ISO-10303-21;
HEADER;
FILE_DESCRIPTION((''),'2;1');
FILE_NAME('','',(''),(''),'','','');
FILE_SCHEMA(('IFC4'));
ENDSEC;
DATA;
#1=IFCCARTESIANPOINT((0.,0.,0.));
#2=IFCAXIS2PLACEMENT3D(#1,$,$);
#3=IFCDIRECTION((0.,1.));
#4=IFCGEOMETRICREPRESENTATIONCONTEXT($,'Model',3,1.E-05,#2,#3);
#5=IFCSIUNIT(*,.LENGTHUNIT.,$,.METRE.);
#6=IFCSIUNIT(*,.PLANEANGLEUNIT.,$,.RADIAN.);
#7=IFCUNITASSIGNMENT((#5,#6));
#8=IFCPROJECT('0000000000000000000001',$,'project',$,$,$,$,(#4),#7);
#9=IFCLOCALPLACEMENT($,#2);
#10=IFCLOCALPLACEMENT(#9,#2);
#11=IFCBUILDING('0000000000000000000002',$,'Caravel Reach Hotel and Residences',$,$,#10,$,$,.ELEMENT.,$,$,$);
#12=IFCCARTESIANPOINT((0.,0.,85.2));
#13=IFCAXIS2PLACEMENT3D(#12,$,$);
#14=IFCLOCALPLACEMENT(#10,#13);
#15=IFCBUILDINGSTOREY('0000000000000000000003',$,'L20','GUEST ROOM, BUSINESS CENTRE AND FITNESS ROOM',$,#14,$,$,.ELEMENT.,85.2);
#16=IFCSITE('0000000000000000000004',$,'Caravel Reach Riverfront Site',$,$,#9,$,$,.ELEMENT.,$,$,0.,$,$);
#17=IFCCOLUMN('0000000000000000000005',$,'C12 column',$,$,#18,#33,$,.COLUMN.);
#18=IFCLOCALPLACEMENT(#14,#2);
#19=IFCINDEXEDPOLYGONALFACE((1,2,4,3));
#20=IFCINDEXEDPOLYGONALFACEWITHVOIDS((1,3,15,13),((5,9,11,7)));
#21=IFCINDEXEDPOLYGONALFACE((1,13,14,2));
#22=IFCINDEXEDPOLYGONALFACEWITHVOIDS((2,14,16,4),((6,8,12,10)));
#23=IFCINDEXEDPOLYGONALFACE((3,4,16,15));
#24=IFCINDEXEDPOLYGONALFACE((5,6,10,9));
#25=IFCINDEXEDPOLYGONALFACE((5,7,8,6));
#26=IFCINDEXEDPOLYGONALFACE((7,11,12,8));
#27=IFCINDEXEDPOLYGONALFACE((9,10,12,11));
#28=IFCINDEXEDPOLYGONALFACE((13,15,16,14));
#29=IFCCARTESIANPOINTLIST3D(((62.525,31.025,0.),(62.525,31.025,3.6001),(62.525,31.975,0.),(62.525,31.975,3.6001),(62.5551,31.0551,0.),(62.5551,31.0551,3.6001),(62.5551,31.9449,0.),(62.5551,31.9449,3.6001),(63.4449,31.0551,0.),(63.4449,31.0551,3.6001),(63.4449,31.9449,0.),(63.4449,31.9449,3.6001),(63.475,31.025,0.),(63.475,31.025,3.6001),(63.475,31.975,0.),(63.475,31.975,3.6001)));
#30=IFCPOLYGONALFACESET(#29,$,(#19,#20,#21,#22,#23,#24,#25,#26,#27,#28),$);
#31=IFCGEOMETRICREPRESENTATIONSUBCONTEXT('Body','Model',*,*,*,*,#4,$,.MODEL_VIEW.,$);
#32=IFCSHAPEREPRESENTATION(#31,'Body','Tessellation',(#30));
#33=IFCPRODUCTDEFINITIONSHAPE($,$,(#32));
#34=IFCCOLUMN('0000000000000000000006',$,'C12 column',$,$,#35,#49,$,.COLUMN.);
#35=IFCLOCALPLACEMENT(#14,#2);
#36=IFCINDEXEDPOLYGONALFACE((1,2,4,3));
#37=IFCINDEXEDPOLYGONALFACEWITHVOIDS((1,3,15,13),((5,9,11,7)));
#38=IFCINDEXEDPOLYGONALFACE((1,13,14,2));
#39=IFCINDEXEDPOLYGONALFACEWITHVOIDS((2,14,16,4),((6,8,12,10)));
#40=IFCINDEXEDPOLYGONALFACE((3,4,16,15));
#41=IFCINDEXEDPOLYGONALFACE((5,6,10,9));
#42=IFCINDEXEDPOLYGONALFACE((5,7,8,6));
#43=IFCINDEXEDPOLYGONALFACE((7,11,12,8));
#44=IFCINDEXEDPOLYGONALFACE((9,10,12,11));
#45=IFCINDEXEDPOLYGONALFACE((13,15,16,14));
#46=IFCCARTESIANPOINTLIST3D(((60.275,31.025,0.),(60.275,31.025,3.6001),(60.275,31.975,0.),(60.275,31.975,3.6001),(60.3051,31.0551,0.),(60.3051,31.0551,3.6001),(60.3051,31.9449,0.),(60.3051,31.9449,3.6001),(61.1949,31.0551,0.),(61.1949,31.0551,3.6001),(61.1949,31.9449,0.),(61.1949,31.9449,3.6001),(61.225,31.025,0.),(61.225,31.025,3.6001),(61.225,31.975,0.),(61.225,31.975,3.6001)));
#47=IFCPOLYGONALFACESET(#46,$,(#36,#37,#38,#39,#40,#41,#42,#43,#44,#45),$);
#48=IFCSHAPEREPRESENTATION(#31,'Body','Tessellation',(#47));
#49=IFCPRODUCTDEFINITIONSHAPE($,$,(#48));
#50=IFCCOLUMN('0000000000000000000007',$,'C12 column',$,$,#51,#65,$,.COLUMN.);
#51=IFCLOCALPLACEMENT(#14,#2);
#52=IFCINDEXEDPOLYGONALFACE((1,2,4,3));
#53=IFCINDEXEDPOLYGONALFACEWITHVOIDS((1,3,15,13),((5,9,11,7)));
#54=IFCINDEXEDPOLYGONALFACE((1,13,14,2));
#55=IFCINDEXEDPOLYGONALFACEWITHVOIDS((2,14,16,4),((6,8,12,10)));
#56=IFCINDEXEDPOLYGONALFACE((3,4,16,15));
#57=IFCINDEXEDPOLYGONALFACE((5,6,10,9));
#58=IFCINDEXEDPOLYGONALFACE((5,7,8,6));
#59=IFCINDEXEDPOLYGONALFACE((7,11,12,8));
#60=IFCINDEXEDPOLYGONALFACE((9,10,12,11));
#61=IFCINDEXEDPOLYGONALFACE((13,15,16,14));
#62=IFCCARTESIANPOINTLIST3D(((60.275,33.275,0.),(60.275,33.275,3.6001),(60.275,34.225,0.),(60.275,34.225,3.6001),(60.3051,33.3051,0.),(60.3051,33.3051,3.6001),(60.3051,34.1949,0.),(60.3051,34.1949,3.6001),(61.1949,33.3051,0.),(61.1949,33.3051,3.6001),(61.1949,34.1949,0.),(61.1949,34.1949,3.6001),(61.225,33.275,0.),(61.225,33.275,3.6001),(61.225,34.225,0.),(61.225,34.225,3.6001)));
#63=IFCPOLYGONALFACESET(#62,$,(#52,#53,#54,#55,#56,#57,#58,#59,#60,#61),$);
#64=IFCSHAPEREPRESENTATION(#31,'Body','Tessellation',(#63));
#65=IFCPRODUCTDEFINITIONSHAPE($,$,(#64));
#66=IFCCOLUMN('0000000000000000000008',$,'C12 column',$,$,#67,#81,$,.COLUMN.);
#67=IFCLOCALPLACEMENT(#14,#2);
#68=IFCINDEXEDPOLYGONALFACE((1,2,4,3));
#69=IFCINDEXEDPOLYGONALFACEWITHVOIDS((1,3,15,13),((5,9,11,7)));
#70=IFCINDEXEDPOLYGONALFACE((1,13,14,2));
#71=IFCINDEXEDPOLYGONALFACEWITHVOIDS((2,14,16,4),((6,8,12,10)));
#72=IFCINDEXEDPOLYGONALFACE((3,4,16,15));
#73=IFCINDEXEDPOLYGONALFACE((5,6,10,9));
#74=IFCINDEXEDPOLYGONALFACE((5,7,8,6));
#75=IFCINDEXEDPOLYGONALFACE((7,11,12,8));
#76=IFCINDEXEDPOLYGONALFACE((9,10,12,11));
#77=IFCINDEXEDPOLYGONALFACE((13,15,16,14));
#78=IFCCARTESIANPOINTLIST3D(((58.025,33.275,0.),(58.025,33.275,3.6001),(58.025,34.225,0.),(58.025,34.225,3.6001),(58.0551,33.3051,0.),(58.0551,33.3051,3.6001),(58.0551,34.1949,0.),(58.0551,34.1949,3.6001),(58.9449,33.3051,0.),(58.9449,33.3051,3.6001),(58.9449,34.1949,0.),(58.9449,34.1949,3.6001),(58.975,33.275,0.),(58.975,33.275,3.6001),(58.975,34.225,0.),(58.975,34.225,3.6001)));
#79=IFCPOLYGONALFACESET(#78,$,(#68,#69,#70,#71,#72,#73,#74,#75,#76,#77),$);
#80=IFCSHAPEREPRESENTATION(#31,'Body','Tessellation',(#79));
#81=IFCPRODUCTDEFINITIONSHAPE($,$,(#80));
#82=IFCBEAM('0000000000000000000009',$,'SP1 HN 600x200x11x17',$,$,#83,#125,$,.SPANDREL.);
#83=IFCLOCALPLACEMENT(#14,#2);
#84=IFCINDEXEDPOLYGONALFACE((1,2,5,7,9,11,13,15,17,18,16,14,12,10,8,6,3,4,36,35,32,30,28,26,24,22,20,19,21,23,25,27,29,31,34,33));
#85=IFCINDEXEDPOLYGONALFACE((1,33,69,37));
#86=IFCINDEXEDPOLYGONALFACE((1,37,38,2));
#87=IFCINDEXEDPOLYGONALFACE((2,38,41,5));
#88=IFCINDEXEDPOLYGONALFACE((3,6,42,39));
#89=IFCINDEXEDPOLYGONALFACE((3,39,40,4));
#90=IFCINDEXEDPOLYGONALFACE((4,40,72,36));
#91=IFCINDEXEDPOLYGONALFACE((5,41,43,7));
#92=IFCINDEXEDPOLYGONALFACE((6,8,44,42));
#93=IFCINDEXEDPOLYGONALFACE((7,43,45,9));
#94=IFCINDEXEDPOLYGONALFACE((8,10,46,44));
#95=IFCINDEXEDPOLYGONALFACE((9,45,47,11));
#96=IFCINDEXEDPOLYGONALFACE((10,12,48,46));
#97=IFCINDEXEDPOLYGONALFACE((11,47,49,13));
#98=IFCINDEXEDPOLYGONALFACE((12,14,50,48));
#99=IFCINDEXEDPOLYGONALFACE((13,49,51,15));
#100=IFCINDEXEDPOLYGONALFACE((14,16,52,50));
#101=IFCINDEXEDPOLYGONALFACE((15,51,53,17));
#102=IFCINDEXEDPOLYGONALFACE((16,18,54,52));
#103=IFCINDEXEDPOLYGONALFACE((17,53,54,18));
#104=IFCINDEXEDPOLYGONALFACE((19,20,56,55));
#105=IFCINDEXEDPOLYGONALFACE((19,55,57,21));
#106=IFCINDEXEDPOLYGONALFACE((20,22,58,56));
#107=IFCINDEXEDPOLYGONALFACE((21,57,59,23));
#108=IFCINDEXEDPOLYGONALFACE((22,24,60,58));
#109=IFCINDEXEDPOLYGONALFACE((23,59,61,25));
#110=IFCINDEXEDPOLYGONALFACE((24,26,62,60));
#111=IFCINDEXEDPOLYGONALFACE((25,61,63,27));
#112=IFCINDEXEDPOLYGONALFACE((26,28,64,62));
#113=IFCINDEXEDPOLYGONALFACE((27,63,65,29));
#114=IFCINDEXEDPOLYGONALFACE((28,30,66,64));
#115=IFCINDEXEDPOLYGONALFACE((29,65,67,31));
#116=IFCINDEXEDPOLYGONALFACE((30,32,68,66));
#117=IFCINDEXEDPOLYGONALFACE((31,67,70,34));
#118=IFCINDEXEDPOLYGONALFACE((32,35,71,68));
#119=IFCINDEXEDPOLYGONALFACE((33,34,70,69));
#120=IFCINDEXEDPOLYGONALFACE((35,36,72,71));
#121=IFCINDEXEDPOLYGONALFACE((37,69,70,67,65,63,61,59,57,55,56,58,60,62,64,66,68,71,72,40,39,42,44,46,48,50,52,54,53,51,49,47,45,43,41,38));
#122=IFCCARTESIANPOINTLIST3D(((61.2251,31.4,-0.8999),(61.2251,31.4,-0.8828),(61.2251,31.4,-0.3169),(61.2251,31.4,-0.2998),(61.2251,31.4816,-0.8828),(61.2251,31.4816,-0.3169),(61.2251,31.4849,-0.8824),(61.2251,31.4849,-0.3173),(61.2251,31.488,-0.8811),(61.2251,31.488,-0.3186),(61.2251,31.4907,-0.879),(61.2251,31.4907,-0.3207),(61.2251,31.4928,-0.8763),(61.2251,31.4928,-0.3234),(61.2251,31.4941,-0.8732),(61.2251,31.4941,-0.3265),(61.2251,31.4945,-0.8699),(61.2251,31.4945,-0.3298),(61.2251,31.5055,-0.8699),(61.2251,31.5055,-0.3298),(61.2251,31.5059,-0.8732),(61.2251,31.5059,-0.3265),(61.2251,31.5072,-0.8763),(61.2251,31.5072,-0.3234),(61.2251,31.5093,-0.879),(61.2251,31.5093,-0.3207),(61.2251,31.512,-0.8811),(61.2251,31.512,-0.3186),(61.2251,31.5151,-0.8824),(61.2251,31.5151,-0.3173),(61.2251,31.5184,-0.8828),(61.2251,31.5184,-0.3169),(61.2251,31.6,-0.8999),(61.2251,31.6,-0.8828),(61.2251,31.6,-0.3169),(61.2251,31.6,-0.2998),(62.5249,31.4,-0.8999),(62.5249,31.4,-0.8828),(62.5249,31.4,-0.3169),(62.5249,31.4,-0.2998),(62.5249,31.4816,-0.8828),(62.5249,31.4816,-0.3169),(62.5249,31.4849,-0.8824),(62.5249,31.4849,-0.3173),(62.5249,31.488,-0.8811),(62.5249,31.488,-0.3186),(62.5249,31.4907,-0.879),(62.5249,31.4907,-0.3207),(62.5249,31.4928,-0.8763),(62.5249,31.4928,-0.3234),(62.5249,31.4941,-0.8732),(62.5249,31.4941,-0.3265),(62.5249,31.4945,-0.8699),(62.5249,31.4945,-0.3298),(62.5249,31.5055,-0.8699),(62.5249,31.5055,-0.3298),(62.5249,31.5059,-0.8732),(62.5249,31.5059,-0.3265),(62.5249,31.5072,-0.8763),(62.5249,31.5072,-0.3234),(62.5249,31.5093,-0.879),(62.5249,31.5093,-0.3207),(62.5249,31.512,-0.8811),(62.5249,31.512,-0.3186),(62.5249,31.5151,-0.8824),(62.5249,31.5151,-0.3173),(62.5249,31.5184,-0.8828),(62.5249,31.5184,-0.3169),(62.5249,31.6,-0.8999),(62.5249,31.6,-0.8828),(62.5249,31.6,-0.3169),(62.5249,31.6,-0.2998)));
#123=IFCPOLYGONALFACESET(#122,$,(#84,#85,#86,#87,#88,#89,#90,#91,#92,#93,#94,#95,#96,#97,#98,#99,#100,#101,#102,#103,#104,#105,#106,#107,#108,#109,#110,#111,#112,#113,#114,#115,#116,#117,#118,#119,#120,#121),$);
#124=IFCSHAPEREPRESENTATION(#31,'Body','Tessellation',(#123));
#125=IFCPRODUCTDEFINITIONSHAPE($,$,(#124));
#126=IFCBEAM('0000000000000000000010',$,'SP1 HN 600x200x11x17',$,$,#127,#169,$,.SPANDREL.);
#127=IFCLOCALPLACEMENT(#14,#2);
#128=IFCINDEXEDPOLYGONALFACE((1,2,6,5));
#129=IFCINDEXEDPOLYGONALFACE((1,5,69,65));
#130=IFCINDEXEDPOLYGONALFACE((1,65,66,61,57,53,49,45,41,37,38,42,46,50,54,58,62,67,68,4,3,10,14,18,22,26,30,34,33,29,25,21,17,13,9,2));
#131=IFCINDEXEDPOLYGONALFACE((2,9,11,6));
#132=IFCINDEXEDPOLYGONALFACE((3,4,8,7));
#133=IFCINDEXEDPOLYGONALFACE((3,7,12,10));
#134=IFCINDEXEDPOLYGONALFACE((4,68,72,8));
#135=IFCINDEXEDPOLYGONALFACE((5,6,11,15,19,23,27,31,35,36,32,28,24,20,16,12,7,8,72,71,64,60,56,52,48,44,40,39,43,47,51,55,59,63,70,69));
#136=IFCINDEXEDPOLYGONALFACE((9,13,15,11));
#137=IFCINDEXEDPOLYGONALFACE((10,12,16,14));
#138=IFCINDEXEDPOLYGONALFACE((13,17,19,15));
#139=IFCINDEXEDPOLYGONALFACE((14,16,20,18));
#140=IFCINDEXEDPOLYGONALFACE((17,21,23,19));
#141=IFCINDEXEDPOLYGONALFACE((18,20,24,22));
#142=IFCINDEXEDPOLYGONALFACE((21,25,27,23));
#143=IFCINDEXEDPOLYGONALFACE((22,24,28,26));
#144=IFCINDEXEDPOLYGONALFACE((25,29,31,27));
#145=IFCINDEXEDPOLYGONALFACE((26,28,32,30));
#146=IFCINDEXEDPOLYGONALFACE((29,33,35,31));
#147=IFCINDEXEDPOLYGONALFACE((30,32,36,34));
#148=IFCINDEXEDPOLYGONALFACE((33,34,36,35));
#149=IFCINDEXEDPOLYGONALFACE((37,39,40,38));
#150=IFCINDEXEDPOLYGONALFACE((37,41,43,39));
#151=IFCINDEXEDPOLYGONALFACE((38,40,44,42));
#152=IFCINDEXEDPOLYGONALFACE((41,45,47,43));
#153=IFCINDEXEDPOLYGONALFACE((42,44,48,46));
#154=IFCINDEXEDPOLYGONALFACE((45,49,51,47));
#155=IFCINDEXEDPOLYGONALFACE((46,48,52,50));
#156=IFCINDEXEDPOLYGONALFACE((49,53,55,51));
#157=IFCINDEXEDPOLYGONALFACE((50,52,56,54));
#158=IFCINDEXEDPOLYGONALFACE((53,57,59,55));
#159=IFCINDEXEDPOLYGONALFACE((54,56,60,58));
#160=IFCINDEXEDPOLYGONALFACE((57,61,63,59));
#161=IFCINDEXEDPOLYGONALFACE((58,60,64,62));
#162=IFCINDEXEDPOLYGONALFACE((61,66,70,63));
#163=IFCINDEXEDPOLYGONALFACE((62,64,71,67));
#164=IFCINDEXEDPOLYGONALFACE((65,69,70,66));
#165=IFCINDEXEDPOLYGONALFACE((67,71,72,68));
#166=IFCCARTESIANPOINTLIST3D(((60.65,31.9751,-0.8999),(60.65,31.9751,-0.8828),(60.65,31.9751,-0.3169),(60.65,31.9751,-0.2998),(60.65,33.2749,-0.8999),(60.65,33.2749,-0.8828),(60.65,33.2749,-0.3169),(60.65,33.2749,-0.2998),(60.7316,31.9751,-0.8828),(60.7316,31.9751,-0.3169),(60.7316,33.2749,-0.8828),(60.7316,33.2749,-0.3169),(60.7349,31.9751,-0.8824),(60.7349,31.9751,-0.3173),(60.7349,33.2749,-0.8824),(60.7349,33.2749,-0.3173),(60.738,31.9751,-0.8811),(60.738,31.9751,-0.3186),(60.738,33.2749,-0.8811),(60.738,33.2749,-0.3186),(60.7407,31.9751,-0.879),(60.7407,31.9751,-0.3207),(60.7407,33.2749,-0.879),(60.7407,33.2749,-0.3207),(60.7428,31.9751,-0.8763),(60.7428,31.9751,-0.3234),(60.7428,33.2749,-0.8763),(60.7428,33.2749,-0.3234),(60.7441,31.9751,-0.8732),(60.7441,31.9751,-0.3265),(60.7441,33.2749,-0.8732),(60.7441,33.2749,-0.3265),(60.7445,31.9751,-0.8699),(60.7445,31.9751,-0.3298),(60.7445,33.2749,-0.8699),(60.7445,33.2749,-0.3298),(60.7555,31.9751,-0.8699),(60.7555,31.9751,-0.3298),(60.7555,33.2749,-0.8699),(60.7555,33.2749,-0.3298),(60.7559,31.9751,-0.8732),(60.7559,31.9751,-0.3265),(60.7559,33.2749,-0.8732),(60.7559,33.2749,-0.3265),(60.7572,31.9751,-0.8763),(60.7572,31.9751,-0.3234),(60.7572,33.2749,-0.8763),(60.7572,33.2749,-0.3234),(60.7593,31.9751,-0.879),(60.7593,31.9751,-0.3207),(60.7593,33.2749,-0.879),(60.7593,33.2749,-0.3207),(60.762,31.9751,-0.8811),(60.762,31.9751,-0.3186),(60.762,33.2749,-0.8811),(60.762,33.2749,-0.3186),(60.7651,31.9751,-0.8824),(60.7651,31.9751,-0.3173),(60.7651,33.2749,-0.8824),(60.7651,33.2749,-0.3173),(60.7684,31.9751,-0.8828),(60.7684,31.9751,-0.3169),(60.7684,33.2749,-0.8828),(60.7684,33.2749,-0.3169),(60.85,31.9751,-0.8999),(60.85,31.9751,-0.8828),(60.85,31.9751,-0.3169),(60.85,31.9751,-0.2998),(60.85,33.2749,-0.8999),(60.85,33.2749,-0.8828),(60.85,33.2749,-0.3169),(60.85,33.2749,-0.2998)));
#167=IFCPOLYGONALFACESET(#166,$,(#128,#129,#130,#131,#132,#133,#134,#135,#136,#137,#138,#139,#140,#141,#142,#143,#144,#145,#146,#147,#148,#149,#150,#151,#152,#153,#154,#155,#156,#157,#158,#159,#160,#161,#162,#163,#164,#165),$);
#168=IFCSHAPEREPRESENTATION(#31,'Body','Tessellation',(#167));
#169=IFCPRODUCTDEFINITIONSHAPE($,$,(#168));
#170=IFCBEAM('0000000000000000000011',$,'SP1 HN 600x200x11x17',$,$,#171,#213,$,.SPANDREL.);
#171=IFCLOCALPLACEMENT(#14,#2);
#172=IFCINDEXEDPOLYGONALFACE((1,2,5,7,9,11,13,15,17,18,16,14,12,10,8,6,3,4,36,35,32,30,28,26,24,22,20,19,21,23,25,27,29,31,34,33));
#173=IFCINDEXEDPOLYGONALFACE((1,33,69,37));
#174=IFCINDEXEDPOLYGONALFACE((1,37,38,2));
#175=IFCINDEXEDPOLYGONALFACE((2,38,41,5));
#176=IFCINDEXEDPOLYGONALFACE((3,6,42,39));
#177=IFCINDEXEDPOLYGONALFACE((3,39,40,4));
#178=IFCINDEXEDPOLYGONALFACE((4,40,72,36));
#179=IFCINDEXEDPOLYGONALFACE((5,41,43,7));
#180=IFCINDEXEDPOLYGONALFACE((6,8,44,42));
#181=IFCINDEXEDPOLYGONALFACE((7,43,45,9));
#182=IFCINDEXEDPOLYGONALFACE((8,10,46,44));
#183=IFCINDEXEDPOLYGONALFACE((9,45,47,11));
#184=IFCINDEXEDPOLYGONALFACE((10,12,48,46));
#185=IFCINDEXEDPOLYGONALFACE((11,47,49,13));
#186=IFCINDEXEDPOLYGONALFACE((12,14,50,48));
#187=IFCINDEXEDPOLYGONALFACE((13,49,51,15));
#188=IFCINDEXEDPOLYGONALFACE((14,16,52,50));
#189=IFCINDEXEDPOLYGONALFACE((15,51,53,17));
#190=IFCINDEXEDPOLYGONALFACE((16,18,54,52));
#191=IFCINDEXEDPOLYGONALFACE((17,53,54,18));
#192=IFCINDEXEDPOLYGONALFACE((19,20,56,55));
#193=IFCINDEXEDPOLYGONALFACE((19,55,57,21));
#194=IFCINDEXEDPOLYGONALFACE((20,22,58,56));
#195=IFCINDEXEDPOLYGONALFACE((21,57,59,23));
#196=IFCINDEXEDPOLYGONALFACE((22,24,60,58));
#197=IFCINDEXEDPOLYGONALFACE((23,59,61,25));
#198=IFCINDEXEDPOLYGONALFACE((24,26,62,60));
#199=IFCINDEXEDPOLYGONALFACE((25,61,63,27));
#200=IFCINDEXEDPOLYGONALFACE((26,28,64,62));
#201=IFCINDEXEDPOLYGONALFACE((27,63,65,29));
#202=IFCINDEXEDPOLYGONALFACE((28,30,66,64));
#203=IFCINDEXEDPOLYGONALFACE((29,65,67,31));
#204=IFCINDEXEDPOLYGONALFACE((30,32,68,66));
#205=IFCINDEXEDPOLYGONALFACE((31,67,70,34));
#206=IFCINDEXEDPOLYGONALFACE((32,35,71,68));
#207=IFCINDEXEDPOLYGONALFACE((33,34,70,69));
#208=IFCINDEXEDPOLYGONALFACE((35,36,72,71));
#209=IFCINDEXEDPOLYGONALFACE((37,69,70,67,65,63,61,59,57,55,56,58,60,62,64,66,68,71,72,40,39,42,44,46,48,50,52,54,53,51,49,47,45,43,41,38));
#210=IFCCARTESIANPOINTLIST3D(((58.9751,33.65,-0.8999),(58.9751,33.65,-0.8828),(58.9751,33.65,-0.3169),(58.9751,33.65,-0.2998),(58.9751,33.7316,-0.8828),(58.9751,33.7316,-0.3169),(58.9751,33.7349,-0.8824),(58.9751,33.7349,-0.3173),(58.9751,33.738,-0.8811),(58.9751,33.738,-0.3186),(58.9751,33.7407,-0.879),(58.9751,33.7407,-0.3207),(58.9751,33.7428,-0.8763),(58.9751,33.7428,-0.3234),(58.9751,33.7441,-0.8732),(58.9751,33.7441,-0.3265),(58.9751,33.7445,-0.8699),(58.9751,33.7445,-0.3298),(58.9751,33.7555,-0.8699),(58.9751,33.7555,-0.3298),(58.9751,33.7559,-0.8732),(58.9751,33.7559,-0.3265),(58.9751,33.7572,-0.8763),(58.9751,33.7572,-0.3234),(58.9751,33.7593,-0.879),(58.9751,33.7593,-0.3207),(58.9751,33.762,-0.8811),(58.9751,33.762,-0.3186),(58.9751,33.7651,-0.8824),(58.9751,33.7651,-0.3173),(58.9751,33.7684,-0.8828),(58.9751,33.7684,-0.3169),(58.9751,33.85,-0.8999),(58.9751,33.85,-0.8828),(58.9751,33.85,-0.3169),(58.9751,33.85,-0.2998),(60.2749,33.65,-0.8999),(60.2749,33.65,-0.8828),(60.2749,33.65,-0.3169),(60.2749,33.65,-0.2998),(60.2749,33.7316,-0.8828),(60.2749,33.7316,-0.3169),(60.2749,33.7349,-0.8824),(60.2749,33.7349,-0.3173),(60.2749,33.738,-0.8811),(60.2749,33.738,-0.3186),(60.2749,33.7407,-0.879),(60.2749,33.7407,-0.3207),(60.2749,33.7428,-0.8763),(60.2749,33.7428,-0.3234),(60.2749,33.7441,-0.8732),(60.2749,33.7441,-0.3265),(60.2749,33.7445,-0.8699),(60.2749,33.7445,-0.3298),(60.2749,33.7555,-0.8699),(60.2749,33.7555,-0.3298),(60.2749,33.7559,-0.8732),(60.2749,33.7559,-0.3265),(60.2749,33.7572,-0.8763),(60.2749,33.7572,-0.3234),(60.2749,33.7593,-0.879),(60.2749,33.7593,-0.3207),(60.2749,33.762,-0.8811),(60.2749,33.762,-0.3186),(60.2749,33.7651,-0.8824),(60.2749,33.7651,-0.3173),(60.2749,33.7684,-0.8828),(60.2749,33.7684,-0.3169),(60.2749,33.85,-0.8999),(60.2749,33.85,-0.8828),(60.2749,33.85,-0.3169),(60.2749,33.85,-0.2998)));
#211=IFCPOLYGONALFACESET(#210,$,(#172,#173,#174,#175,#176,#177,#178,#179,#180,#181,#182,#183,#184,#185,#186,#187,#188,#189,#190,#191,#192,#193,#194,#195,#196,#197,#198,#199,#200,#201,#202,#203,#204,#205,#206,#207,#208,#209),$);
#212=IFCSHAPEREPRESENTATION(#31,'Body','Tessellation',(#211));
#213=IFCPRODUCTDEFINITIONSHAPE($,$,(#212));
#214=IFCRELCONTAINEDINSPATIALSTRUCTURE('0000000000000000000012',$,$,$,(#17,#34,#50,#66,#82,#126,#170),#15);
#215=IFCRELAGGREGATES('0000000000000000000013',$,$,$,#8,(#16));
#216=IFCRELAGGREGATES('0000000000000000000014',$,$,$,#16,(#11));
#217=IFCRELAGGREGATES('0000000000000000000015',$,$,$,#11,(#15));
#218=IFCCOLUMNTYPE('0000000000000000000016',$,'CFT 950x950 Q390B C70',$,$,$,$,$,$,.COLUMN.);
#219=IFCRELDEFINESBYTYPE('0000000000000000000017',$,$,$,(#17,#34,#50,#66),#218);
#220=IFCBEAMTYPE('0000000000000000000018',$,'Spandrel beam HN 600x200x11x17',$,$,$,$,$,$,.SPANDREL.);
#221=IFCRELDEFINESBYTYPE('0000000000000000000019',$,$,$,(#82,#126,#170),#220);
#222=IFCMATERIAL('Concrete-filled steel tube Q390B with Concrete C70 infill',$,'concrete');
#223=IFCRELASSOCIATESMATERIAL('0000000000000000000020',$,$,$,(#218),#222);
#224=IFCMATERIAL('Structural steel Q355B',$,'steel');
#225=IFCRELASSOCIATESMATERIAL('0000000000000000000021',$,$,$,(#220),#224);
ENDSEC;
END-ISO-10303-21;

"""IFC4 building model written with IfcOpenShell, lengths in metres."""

from ifc_helpers import new_model, si_unit, direction, frame, origin, origin_2d, place, context, subcontext, project, spatial, hollow_rectangle, i_section, extrude, material, material_profile, profile_set, type_object, element, save


model = new_model("IFC4")

# Units and contexts
model_context = context("Model", 3, precision=1e-05, world=origin(), true_north=direction((0.0, 1.0)))
body_context = subcontext(model_context, "Body", "Model", "MODEL_VIEW")
ifc_project = project(units=[si_unit("LENGTHUNIT", "METRE"), si_unit("PLANEANGLEUNIT", "RADIAN")], contexts=[model_context])

# Site, building, storey
site_placement = place(None, origin())
site = spatial("IfcSite", under=ifc_project, at=site_placement, Name="Caravel Reach Riverfront Site", CompositionType="ELEMENT", RefElevation=0.0)
building_placement = place(site_placement, origin())
building = spatial("IfcBuilding", under=site, at=building_placement, Name="Caravel Reach Hotel and Residences", CompositionType="ELEMENT")
storey_placement = place(building_placement, frame((0.0, 0.0, 85.2)))
storey = spatial("IfcBuildingStorey", under=building, at=storey_placement, Name="L20", Description="GUEST ROOM, BUSINESS CENTRE AND FITNESS ROOM", CompositionType="ELEMENT", Elevation=85.2)

# Columns
ifc_material_1 = material(Name="Concrete-filled steel tube Q390B with Concrete C70 infill", Category="concrete")
ifc_material_profile_1 = material_profile(ifc_material_1, hollow_rectangle(XDim=0.95, YDim=0.95, WallThickness=0.03, at=origin_2d()), Name="RHS 950x950x30")
ifc_profile_set_1 = profile_set([ifc_material_profile_1], Name="Concrete-filled steel tube Q390B with Concrete C70 infill")
column_type = type_object("IfcColumnType", Name="CFT 950x950 Q390B C70", PredefinedType="COLUMN", material=ifc_profile_set_1)
for number, where, z_axis, x_axis, name in (
    (1, (63.0, 31.5, 0.0), (0.0, 0.0, 1.0), (1.0, 0.0, 0.0), "C12 column"),
    (2, (60.75, 31.5, 0.0), (0.0, 0.0, 1.0), (1.0, 0.0, 0.0), "C12 column"),
    (3, (60.75, 33.75, 0.0), (0.0, 0.0, 1.0), (1.0, 0.0, 0.0), "C12 column"),
    (4, (58.5, 33.75, 0.0), (0.0, 0.0, 1.0), (1.0, 0.0, 0.0), "C12 column"),
):
    element("IfcColumn", number, at=place(storey_placement, frame(where, z_axis=z_axis, x_axis=x_axis)), inside=storey, type_object=column_type, Name=name, PredefinedType="COLUMN", context=body_context, shape_type="SweptSolid", body=[
        extrude(hollow_rectangle(XDim=0.95, YDim=0.95, WallThickness=0.03, at=origin_2d()), origin(), (0.0, 0.0, 1.0), 3.6001),
    ])

# Beams
ifc_material_2 = material(Name="Structural steel Q355B", Category="steel")
ifc_material_profile_2 = material_profile(ifc_material_2, i_section(OverallWidth=0.2, OverallDepth=0.6001, WebThickness=0.011, FlangeThickness=0.0171, FilletRadius=0.0129, at=origin_2d()), Name="HN 600x200x11x17")
ifc_profile_set_2 = profile_set([ifc_material_profile_2], Name="Structural steel Q355B")
beam_type = type_object("IfcBeamType", Name="Spandrel beam HN 600x200x11x17", PredefinedType="SPANDREL", material=ifc_profile_set_2)
for number, where, z_axis, x_axis, name in (
    (5, (62.5249, 31.5, -0.5999), (-1.0, 0.0, 0.0), (0.0, -1.0, 0.0), "SP1 HN 600x200x11x17"),
    (6, (60.75, 31.9751, -0.5999), (0.0, 1.0, 0.0), (-1.0, 0.0, 0.0), "SP1 HN 600x200x11x17"),
    (7, (60.2749, 33.75, -0.5999), (-1.0, 0.0, 0.0), (0.0, -1.0, 0.0), "SP1 HN 600x200x11x17"),
):
    element("IfcBeam", number, at=place(storey_placement, frame(where, z_axis=z_axis, x_axis=x_axis)), inside=storey, type_object=beam_type, Name=name, PredefinedType="SPANDREL", context=body_context, shape_type="SweptSolid", body=[
        extrude(i_section(OverallWidth=0.2, OverallDepth=0.6001, WebThickness=0.011, FlangeThickness=0.0171, FilletRadius=0.0129, at=origin_2d()), origin(), (0.0, 0.0, 1.0), 1.2998),
    ])

save(model, "model.ifc")
